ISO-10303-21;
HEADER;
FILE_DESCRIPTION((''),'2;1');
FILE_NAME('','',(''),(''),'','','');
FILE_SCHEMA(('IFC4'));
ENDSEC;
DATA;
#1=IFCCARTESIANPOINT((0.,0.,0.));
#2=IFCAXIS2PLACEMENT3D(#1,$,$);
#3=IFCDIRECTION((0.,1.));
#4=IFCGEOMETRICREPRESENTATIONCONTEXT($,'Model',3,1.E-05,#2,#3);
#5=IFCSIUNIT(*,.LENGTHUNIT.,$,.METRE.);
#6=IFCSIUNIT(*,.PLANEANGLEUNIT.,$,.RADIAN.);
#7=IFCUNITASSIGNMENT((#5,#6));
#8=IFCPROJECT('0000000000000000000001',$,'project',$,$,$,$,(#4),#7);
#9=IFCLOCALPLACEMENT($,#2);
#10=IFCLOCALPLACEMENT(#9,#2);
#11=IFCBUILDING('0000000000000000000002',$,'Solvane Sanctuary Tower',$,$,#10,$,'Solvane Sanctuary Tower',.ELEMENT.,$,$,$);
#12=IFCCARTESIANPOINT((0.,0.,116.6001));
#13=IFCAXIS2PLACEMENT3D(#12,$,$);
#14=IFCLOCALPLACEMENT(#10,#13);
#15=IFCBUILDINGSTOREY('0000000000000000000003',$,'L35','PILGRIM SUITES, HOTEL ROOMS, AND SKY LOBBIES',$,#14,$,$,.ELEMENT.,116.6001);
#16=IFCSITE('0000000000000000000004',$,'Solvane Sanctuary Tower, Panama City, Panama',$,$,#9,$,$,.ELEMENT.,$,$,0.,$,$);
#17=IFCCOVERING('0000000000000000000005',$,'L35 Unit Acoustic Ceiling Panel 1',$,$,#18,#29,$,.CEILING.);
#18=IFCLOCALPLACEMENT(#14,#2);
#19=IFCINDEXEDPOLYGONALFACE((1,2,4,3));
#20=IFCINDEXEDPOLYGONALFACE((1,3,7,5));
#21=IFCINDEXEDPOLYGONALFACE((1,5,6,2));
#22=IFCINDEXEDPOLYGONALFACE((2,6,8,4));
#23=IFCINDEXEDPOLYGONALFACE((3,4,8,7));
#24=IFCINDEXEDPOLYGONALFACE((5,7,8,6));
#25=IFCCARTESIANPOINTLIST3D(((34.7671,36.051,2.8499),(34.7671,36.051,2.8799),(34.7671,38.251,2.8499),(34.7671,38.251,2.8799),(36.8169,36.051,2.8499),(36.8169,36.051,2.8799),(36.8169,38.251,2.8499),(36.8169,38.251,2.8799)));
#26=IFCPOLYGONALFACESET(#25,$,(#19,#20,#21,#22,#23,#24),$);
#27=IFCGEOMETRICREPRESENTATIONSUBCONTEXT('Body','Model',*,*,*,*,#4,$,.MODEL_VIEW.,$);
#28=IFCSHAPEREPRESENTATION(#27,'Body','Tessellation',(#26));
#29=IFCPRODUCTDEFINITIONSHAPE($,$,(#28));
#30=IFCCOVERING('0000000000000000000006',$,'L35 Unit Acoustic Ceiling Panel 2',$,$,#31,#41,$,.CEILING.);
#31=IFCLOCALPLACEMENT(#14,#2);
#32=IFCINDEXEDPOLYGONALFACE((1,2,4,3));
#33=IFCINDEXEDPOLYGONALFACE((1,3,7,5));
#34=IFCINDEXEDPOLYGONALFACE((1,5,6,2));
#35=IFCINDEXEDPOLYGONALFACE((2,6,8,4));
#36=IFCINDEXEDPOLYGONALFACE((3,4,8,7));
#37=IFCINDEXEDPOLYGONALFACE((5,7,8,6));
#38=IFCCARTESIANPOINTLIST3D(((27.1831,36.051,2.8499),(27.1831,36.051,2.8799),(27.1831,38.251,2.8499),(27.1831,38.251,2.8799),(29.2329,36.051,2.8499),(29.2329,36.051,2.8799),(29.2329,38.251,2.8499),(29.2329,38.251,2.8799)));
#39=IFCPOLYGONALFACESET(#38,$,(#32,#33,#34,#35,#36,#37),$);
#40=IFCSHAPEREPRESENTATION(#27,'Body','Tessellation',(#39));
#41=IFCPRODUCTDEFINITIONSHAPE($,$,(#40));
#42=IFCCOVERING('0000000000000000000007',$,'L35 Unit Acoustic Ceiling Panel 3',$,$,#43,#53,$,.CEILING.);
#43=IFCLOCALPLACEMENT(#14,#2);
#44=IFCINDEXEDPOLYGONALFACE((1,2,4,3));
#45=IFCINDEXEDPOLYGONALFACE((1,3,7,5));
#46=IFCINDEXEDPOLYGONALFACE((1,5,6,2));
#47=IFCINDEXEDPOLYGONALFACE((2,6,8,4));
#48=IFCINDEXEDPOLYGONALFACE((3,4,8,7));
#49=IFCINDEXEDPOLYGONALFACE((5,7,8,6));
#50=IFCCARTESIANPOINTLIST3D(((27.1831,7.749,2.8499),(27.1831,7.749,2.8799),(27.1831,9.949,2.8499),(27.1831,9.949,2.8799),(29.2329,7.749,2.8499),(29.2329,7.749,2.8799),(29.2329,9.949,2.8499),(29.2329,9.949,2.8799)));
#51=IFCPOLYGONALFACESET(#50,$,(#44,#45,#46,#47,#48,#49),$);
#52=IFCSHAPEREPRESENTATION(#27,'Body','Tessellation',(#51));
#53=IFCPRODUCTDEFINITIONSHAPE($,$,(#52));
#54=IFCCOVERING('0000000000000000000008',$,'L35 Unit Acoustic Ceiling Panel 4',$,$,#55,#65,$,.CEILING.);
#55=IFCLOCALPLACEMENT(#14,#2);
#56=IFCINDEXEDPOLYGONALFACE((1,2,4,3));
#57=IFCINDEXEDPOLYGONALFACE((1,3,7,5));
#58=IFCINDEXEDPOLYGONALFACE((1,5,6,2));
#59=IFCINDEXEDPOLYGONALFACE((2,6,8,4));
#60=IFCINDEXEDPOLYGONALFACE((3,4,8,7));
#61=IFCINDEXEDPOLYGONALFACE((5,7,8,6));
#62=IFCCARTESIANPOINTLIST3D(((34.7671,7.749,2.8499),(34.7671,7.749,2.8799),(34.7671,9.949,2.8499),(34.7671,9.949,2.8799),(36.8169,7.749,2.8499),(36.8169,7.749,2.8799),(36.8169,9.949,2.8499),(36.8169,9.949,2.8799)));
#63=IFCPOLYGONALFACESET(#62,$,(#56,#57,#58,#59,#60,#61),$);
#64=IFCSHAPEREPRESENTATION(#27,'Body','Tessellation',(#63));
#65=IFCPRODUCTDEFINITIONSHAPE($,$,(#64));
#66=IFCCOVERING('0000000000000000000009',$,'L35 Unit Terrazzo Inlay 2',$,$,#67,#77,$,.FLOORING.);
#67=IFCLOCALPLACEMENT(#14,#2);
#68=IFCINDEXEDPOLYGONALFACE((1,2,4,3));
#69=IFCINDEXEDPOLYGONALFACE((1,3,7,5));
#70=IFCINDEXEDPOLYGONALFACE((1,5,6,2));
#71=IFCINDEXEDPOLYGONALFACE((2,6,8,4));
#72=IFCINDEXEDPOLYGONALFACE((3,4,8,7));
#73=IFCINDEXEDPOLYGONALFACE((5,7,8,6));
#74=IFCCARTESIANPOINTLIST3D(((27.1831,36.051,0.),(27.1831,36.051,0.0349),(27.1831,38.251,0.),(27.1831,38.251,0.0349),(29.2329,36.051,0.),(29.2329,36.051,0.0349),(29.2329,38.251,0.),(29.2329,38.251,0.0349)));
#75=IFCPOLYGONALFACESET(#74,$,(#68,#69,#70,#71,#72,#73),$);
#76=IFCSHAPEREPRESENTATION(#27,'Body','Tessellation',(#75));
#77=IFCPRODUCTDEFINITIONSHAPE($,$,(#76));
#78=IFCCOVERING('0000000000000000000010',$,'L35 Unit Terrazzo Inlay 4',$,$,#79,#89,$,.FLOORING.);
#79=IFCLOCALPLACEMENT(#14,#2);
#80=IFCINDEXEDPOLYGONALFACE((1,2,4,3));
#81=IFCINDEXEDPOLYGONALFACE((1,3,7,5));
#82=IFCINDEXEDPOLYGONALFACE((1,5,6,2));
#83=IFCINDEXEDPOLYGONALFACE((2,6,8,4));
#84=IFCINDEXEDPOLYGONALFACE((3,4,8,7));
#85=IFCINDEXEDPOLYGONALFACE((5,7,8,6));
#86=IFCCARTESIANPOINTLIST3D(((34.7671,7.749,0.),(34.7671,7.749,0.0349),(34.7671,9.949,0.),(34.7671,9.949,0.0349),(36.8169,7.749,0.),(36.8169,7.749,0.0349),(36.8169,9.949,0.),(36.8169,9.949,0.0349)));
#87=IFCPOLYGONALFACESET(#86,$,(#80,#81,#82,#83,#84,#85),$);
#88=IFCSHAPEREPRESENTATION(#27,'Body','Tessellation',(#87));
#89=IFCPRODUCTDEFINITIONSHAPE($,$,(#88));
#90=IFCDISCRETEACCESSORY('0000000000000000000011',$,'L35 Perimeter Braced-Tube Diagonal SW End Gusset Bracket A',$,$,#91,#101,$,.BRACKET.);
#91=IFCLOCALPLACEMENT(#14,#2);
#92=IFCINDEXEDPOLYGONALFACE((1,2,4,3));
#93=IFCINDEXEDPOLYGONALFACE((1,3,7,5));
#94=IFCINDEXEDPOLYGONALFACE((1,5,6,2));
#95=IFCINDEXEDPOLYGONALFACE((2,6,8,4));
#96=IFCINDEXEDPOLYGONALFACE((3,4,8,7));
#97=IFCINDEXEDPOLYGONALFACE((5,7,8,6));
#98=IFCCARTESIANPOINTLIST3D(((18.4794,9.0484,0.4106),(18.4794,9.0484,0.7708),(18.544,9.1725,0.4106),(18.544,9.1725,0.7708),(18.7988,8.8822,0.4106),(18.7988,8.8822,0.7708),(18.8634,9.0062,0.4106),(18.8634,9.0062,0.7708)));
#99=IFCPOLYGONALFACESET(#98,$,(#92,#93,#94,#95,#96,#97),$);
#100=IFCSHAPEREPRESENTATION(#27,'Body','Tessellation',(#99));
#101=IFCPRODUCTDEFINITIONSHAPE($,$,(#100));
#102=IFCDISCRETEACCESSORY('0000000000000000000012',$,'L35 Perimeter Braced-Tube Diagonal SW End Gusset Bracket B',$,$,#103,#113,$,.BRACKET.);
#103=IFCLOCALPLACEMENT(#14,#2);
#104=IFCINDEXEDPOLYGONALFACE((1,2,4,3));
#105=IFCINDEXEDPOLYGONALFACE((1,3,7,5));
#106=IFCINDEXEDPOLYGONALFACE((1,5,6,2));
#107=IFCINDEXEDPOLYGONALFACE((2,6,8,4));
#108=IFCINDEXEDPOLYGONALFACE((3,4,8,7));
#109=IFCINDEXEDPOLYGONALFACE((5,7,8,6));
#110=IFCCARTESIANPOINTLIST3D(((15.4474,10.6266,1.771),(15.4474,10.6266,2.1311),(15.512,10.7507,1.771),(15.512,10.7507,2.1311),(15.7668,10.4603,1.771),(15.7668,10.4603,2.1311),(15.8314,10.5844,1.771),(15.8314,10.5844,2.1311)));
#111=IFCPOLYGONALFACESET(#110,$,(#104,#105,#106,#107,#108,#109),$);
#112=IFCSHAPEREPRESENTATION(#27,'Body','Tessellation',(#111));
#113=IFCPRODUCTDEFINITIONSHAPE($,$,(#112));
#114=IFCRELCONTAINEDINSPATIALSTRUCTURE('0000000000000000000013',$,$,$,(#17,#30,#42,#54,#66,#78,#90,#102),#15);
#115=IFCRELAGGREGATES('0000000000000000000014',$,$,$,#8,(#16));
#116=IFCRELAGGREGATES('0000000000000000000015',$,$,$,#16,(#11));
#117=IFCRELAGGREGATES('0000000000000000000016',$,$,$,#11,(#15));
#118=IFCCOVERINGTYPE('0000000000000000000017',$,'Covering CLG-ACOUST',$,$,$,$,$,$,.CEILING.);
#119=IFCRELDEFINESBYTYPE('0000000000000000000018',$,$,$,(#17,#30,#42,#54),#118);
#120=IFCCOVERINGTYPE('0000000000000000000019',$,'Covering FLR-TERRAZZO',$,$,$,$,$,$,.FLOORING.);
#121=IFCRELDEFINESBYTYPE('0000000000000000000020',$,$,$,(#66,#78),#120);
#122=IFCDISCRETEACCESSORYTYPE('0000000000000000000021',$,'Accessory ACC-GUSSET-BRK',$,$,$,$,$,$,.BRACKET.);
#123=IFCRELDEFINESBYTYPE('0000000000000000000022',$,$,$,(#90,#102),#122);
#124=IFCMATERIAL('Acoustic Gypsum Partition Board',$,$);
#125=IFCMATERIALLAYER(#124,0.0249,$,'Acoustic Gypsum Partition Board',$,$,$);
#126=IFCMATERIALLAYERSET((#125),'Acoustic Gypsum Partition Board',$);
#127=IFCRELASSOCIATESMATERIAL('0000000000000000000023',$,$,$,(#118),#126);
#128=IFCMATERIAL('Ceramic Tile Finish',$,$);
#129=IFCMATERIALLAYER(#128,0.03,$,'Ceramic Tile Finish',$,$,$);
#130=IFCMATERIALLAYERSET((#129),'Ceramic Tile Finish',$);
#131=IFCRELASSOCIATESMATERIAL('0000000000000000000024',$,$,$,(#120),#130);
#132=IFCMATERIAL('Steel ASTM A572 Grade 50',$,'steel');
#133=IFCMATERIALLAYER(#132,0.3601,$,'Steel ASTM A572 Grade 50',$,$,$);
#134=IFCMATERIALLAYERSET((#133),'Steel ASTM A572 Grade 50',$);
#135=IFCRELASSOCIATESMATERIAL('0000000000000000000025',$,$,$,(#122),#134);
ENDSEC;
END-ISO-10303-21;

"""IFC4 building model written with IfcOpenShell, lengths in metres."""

from ifc_helpers import new_model, si_unit, direction, frame, origin, origin_2d, place, context, subcontext, project, spatial, polyline, rectangle, outline, extrude, material, layer, layer_set, type_object, element, save


model = new_model("IFC4")

# Units and contexts
model_context = context("Model", 3, precision=1e-05, world=origin(), true_north=direction((0.0, 1.0)))
body_context = subcontext(model_context, "Body", "Model", "MODEL_VIEW")
ifc_project = project(units=[si_unit("LENGTHUNIT", "METRE"), si_unit("PLANEANGLEUNIT", "RADIAN")], contexts=[model_context])

# Site, building, storey
site_placement = place(None, origin())
site = spatial("IfcSite", under=ifc_project, at=site_placement, Name="Solvane Sanctuary Tower, Panama City, Panama", CompositionType="ELEMENT", RefElevation=0.0)
building_placement = place(site_placement, origin())
building = spatial("IfcBuilding", under=site, at=building_placement, Name="Solvane Sanctuary Tower", LongName="Solvane Sanctuary Tower", CompositionType="ELEMENT")
storey_placement = place(building_placement, frame((0.0, 0.0, 116.6001)))
storey = spatial("IfcBuildingStorey", under=building, at=storey_placement, Name="L35", Description="PILGRIM SUITES, HOTEL ROOMS, AND SKY LOBBIES", CompositionType="ELEMENT", Elevation=116.6001)

# Coverings
ifc_material_1 = material(Name="Acoustic Gypsum Partition Board")
ifc_layer_1 = layer(ifc_material_1, 0.0249, Name="Acoustic Gypsum Partition Board")
ifc_layer_set_1 = layer_set([ifc_layer_1], Name="Acoustic Gypsum Partition Board")
covering_type_1 = type_object("IfcCoveringType", Name="Covering CLG-ACOUST", PredefinedType="CEILING", material=ifc_layer_set_1)
covering_1_placement = place(storey_placement, frame((0.0, 0.0, 2.8499)))
element("IfcCovering", 1, at=covering_1_placement, inside=storey, type_object=covering_type_1, Name="L35 Unit Acoustic Ceiling Panel 1", PredefinedType="CEILING", context=body_context, shape_type="SweptSolid", body=[
    extrude(outline(polyline([(34.7671, 36.051), (36.8169, 36.051), (36.8169, 38.251), (34.7671, 38.251), (34.7671, 36.051)])), origin(), (0.0, 0.0, 1.0), 0.03),
])
covering_2_placement = place(storey_placement, frame((0.0, 0.0, 2.8499)))
element("IfcCovering", 2, at=covering_2_placement, inside=storey, type_object=covering_type_1, Name="L35 Unit Acoustic Ceiling Panel 2", PredefinedType="CEILING", context=body_context, shape_type="SweptSolid", body=[
    extrude(outline(polyline([(27.1831, 36.051), (29.2329, 36.051), (29.2329, 38.251), (27.1831, 38.251), (27.1831, 36.051)])), origin(), (0.0, 0.0, 1.0), 0.03),
])
covering_3_placement = place(storey_placement, frame((0.0, 0.0, 2.8499)))
element("IfcCovering", 3, at=covering_3_placement, inside=storey, type_object=covering_type_1, Name="L35 Unit Acoustic Ceiling Panel 3", PredefinedType="CEILING", context=body_context, shape_type="SweptSolid", body=[
    extrude(outline(polyline([(27.1831, 7.749), (29.2329, 7.749), (29.2329, 9.949), (27.1831, 9.949), (27.1831, 7.749)])), origin(), (0.0, 0.0, 1.0), 0.03),
])
covering_4_placement = place(storey_placement, frame((0.0, 0.0, 2.8499)))
element("IfcCovering", 4, at=covering_4_placement, inside=storey, type_object=covering_type_1, Name="L35 Unit Acoustic Ceiling Panel 4", PredefinedType="CEILING", context=body_context, shape_type="SweptSolid", body=[
    extrude(outline(polyline([(34.7671, 7.749), (36.8169, 7.749), (36.8169, 9.949), (34.7671, 9.949), (34.7671, 7.749)])), origin(), (0.0, 0.0, 1.0), 0.03),
])
ifc_material_2 = material(Name="Ceramic Tile Finish")
ifc_layer_2 = layer(ifc_material_2, 0.03, Name="Ceramic Tile Finish")
ifc_layer_set_2 = layer_set([ifc_layer_2], Name="Ceramic Tile Finish")
covering_type_2 = type_object("IfcCoveringType", Name="Covering FLR-TERRAZZO", PredefinedType="FLOORING", material=ifc_layer_set_2)
covering_5_placement = place(storey_placement, origin())
element("IfcCovering", 5, at=covering_5_placement, inside=storey, type_object=covering_type_2, Name="L35 Unit Terrazzo Inlay 2", PredefinedType="FLOORING", context=body_context, shape_type="SweptSolid", body=[
    extrude(outline(polyline([(27.1831, 36.051), (29.2329, 36.051), (29.2329, 38.251), (27.1831, 38.251), (27.1831, 36.051)])), origin(), (0.0, 0.0, 1.0), 0.0349),
])
covering_6_placement = place(storey_placement, origin())
element("IfcCovering", 6, at=covering_6_placement, inside=storey, type_object=covering_type_2, Name="L35 Unit Terrazzo Inlay 4", PredefinedType="FLOORING", context=body_context, shape_type="SweptSolid", body=[
    extrude(outline(polyline([(34.7671, 7.749), (36.8169, 7.749), (36.8169, 9.949), (34.7671, 9.949), (34.7671, 7.749)])), origin(), (0.0, 0.0, 1.0), 0.0349),
])

# Discrete accessories
ifc_material_3 = material(Name="Steel ASTM A572 Grade 50", Category="steel")
ifc_layer_3 = layer(ifc_material_3, 0.3601, Name="Steel ASTM A572 Grade 50")
ifc_layer_set_3 = layer_set([ifc_layer_3], Name="Steel ASTM A572 Grade 50")
discrete_accessory_type = type_object("IfcDiscreteAccessoryType", Name="Accessory ACC-GUSSET-BRK", PredefinedType="BRACKET", material=ifc_layer_set_3)
for number, where, z_axis, x_axis, name in (
    (7, (18.6714, 9.0273, 0.4106), (0.0, 0.0, 1.0), (-0.887011, 0.461749, 0.0), "L35 Perimeter Braced-Tube Diagonal SW End Gusset Bracket A"),
    (8, (15.6394, 10.6055, 1.771), (0.0, 0.0, 1.0), (-0.887011, 0.461749, 0.0), "L35 Perimeter Braced-Tube Diagonal SW End Gusset Bracket B"),
):
    element("IfcDiscreteAccessory", number, at=place(storey_placement, frame(where, z_axis=z_axis, x_axis=x_axis)), inside=storey, type_object=discrete_accessory_type, Name=name, PredefinedType="BRACKET", context=body_context, shape_type="SweptSolid", body=[
        extrude(rectangle(XDim=0.3601, YDim=0.1399, at=origin_2d()), origin(), (0.0, 0.0, 1.0), 0.3601),
    ])

save(model, "model.ifc")
